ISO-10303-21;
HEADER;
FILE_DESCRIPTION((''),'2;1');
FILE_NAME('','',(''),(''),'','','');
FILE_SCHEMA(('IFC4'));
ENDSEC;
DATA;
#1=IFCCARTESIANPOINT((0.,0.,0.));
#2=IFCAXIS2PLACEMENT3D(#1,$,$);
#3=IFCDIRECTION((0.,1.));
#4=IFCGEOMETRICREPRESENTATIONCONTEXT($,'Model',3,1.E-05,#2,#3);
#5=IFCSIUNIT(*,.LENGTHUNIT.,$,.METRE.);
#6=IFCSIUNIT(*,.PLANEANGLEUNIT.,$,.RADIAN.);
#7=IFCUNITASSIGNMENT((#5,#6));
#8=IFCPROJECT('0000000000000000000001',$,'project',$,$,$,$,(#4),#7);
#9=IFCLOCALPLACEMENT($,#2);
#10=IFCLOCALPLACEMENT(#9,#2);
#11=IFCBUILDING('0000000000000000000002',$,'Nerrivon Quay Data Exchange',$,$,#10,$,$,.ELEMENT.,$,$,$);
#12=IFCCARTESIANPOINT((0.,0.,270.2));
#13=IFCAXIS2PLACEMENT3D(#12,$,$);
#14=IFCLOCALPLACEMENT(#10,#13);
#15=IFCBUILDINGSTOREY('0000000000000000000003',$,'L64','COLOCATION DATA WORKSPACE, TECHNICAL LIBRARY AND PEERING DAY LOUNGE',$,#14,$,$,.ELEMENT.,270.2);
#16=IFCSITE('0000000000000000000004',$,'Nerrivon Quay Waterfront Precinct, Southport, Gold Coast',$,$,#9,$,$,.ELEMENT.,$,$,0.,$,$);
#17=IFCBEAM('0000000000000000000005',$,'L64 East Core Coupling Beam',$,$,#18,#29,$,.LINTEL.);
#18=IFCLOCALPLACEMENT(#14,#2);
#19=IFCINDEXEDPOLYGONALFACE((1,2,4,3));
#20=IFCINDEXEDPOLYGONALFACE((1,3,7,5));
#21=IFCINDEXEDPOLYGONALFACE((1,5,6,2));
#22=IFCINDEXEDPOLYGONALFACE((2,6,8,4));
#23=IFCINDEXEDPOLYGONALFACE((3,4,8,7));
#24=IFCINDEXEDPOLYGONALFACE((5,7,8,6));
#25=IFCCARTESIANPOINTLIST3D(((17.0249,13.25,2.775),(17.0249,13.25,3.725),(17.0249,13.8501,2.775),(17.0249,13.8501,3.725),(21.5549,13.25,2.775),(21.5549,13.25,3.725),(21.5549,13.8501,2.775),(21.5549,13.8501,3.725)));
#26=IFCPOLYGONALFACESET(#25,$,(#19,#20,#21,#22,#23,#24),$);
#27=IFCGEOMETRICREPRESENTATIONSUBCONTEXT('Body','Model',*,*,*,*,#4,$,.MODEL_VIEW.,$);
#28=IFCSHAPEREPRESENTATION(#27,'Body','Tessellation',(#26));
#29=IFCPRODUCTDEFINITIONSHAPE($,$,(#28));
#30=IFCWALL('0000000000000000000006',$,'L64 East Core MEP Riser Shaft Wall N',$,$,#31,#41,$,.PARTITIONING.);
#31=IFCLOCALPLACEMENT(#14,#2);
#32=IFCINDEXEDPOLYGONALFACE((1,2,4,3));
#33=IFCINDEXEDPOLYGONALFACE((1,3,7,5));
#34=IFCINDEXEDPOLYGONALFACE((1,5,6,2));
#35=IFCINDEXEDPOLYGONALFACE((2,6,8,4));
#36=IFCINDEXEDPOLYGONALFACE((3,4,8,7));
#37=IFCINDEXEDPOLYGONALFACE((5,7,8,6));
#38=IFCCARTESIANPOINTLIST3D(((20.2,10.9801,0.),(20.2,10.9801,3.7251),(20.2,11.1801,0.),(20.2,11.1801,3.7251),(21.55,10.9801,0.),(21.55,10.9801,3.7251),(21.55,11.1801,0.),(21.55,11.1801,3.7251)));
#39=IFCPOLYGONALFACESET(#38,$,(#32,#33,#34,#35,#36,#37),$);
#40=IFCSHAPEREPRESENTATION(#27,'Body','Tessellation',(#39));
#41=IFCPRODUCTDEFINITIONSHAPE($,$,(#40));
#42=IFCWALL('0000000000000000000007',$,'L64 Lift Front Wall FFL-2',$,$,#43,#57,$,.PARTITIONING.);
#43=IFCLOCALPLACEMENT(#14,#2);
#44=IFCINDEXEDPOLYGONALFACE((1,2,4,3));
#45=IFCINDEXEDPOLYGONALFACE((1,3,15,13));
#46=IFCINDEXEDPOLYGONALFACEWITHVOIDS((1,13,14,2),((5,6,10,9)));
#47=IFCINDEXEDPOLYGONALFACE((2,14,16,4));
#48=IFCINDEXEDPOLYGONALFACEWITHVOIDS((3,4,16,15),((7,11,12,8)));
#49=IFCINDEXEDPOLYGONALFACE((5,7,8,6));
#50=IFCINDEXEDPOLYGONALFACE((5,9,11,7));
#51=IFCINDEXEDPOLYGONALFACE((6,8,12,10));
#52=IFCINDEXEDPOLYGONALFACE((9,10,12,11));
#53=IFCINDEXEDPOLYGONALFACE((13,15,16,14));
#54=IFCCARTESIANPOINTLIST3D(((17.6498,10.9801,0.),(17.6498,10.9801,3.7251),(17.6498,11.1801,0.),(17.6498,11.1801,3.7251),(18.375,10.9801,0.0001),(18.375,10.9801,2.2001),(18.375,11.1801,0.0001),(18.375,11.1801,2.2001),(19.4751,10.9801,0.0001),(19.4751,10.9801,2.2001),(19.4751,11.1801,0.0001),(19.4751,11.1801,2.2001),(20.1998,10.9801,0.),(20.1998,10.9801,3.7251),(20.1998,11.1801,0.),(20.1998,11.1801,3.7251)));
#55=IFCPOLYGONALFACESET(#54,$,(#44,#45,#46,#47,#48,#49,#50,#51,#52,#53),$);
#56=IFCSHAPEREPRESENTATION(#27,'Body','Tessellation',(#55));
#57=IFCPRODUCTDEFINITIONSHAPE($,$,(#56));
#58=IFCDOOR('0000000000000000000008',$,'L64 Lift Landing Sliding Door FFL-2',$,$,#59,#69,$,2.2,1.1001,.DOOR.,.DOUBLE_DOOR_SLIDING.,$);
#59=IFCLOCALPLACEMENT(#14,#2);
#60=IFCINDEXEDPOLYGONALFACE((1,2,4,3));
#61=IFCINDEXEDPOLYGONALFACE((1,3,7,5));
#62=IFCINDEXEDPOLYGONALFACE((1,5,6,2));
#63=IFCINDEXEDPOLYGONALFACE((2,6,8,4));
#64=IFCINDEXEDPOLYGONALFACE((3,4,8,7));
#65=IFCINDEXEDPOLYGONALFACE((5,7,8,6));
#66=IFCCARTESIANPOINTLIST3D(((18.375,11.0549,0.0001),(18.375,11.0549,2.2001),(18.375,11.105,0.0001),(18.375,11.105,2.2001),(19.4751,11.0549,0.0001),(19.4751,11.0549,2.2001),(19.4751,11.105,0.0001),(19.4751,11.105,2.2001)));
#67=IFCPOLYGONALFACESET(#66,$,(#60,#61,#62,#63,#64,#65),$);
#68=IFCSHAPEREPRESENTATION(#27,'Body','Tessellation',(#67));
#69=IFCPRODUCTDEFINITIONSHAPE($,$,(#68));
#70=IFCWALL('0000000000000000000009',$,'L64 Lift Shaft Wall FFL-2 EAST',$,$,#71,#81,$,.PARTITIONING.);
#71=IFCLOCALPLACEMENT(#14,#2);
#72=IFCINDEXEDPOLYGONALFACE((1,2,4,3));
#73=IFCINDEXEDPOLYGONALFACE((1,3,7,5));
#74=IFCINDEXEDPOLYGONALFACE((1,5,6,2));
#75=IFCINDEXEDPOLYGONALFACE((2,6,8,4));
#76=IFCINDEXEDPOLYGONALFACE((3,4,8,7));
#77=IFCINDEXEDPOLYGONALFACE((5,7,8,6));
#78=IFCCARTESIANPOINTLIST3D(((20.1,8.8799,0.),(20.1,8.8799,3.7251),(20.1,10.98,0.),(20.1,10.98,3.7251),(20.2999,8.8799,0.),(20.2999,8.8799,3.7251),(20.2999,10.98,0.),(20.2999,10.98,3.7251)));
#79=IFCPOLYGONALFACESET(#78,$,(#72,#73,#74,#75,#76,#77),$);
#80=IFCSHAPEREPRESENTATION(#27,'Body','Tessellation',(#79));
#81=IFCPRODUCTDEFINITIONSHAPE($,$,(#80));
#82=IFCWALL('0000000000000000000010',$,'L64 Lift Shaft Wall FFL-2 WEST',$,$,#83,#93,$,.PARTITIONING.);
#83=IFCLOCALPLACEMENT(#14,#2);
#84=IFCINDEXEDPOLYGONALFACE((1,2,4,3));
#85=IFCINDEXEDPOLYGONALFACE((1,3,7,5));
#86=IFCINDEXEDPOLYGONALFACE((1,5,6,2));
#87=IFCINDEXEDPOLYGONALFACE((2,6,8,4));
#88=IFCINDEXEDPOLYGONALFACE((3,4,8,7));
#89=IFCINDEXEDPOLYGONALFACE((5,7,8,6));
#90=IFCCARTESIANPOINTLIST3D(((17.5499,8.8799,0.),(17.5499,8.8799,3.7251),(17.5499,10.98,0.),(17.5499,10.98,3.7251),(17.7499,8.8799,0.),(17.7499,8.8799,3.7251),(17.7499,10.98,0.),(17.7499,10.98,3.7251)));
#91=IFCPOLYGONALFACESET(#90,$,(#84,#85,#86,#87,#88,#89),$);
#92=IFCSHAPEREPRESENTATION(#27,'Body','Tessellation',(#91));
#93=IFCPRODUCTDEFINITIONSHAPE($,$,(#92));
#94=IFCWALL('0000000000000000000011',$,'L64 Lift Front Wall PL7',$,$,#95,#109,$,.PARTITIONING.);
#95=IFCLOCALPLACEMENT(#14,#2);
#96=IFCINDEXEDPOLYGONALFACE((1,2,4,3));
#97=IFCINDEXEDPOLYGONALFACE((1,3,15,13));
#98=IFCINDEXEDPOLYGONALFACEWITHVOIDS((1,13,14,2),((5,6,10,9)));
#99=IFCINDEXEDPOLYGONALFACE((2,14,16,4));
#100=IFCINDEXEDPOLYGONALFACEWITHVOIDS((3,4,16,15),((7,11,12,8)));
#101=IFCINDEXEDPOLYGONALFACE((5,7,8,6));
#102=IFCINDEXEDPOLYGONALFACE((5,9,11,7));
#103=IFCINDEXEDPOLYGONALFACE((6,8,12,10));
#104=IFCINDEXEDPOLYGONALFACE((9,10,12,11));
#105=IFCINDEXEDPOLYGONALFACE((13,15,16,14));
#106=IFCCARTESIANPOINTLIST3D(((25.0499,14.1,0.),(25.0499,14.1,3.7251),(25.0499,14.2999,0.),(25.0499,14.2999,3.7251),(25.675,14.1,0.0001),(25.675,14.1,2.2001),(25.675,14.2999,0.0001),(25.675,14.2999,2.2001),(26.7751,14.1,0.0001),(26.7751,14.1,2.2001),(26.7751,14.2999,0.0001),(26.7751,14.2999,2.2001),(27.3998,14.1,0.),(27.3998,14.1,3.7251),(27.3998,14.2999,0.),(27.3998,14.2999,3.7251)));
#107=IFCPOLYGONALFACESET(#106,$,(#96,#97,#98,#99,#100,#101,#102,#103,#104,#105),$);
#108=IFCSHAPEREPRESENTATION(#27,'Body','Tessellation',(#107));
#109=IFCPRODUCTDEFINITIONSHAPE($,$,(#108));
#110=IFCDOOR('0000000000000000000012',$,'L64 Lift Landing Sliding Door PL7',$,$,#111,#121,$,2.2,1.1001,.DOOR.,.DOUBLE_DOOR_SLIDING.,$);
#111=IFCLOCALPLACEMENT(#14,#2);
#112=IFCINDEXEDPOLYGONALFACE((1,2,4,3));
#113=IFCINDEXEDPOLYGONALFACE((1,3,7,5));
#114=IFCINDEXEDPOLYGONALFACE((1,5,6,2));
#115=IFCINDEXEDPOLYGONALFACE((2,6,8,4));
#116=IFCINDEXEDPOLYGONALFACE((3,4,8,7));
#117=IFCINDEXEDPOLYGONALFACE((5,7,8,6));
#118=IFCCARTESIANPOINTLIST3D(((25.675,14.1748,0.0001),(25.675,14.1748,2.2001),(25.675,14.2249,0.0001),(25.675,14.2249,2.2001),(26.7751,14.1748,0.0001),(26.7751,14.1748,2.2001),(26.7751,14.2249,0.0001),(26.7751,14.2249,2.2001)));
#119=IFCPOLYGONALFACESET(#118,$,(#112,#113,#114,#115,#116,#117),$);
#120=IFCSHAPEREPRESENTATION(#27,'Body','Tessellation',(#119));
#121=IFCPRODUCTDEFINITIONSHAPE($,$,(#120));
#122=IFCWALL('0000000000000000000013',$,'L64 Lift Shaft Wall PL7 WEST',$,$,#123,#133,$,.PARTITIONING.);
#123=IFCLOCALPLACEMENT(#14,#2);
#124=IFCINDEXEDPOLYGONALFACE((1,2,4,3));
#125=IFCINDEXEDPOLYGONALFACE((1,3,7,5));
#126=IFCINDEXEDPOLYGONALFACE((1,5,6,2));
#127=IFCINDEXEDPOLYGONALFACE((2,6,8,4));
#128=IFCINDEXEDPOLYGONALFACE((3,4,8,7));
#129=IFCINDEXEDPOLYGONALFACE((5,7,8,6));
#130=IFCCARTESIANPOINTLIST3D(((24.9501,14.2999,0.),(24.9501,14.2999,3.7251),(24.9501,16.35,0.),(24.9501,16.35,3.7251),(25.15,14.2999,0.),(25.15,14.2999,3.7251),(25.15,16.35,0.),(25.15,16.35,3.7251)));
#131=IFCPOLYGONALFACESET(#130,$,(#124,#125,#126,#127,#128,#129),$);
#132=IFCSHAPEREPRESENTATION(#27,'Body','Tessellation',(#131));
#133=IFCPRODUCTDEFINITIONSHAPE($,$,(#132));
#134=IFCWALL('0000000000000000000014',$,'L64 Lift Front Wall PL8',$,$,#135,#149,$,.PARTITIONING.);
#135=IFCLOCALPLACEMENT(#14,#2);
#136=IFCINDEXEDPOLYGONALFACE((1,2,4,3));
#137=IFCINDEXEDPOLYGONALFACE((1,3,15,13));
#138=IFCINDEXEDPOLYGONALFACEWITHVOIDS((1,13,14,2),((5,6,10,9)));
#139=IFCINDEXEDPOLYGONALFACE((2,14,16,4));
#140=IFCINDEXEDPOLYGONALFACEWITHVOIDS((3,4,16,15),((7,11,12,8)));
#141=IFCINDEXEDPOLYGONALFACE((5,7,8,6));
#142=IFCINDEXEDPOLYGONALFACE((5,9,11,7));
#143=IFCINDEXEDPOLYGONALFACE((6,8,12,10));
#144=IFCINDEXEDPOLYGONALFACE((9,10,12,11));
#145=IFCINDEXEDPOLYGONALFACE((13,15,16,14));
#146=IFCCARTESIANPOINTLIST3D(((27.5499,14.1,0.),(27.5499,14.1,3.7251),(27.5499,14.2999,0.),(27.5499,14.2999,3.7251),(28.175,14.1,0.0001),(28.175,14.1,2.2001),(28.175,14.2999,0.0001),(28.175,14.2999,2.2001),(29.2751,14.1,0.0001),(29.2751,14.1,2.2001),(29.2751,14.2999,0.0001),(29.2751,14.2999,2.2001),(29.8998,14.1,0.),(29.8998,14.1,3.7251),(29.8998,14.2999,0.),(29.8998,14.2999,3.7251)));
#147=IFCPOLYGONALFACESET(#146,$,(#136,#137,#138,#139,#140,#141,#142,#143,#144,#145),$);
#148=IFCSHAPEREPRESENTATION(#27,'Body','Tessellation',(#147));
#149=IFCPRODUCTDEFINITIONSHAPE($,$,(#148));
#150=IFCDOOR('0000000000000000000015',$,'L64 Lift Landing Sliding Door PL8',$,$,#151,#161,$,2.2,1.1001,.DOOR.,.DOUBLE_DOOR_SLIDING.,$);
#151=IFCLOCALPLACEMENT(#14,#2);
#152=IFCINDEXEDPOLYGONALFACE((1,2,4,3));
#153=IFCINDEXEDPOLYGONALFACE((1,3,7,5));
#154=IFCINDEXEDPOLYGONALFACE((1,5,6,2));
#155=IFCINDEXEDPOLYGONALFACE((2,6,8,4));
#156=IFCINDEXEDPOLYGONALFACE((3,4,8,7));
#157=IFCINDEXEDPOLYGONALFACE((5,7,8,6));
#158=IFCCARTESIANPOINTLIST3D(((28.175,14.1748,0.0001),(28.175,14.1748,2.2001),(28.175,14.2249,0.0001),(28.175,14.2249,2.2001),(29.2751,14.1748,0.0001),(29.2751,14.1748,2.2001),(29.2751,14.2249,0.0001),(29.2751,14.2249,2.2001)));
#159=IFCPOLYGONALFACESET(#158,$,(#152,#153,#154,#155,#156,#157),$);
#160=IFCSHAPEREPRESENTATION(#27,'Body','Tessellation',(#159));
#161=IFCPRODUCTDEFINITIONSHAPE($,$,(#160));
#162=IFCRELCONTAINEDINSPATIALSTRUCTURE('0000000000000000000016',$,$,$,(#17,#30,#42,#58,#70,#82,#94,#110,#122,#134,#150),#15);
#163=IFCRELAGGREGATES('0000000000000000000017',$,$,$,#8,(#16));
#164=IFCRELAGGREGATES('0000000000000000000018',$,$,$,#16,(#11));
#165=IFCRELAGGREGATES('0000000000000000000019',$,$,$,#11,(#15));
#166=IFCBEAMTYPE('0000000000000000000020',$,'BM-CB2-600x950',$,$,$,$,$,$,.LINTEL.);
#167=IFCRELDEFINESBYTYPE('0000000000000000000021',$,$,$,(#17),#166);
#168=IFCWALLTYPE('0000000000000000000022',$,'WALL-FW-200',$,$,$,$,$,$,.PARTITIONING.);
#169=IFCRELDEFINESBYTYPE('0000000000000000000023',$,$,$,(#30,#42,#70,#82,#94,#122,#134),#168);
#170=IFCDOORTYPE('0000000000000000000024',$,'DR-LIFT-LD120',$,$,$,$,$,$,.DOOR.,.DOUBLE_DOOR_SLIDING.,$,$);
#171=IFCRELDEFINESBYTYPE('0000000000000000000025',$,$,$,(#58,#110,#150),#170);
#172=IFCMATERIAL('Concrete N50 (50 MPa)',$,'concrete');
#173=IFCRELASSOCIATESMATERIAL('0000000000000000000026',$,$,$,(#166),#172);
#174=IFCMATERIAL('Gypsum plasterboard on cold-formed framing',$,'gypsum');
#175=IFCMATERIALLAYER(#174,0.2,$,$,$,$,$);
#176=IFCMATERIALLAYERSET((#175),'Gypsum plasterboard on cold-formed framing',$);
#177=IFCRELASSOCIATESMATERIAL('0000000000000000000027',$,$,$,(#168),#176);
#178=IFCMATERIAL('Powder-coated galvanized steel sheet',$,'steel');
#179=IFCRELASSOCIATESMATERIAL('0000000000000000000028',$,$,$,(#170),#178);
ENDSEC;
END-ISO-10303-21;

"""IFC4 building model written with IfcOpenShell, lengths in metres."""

from ifc_helpers import new_model, si_unit, direction, frame, frame_2d, origin, origin_2d, place, context, subcontext, project, spatial, rectangle, extrude, material, layer, layer_set, material_profile, profile_set, type_object, element, fill, save


model = new_model("IFC4")

# Units and contexts
model_context = context("Model", 3, precision=1e-05, world=origin(), true_north=direction((0.0, 1.0)))
body_context = subcontext(model_context, "Body", "Model", "MODEL_VIEW")
ifc_project = project(units=[si_unit("LENGTHUNIT", "METRE"), si_unit("PLANEANGLEUNIT", "RADIAN")], contexts=[model_context])

# Site, building, storey
site_placement = place(None, origin())
site = spatial("IfcSite", under=ifc_project, at=site_placement, Name="Nerrivon Quay Waterfront Precinct, Southport, Gold Coast", CompositionType="ELEMENT", RefElevation=0.0)
building_placement = place(site_placement, origin())
building = spatial("IfcBuilding", under=site, at=building_placement, Name="Nerrivon Quay Data Exchange", CompositionType="ELEMENT")
storey_placement = place(building_placement, frame((0.0, 0.0, 270.2)))
storey = spatial("IfcBuildingStorey", under=building, at=storey_placement, Name="L64", Description="COLOCATION DATA WORKSPACE, TECHNICAL LIBRARY AND PEERING DAY LOUNGE", CompositionType="ELEMENT", Elevation=270.2)

# Beam
ifc_material_1 = material(Name="Concrete N50 (50 MPa)", Category="concrete")
ifc_material_profile = material_profile(ifc_material_1, rectangle(XDim=0.6001, YDim=0.95, at=origin_2d()), Name="RC-CB-600x950")
ifc_profile_set = profile_set([ifc_material_profile], Name="Concrete N50 (50 MPa)")
beam_type = type_object("IfcBeamType", Name="BM-CB2-600x950", PredefinedType="LINTEL", material=ifc_profile_set)
beam_placement = place(storey_placement, frame((17.0249, 13.55, 3.25), z_axis=(1.0, 0.0, 0.0), x_axis=(0.0, 1.0, 0.0)))
element("IfcBeam", 1, at=beam_placement, inside=storey, type_object=beam_type, Name="L64 East Core Coupling Beam", PredefinedType="LINTEL", context=body_context, shape_type="SweptSolid", body=[
    extrude(rectangle(XDim=0.6001, YDim=0.95, at=origin_2d()), origin(), (0.0, 0.0, 1.0), 4.53),
])

# Shared definitions
ifc_material_2 = material(Name="Powder-coated galvanized steel sheet", Category="steel")

# Wall
ifc_material_3 = material(Name="Gypsum plasterboard on cold-formed framing", Category="gypsum")
ifc_layer_1 = layer(ifc_material_3, 0.2)
ifc_layer_set_1 = layer_set([ifc_layer_1], Name="Gypsum plasterboard on cold-formed framing")
wall_type_1 = type_object("IfcWallType", Name="WALL-FW-200", PredefinedType="PARTITIONING", material=ifc_layer_set_1)
wall_1_placement = place(storey_placement, frame((20.2, 11.0801, 0.0), z_axis=(0.0, 0.0, 1.0), x_axis=(1.0, 0.0, 0.0)))
element("IfcWall", 2, at=wall_1_placement, inside=storey, type_object=wall_type_1, Name="L64 East Core MEP Riser Shaft Wall N", PredefinedType="PARTITIONING", context=body_context, shape_type="SweptSolid", body=[
    extrude(rectangle(XDim=1.3501, YDim=0.2, at=frame_2d((0.675, 0.0))), origin(), (0.0, 0.0, 1.0), 3.7251),
])

# Wall, opening, door
wall_2_placement = place(storey_placement, frame((17.6499, 11.0801, 0.0), z_axis=(0.0, 0.0, 1.0), x_axis=(1.0, 0.0, 0.0)))
wall_2 = element("IfcWall", 3, at=wall_2_placement, inside=storey, type_object=wall_type_1, Name="L64 Lift Front Wall FFL-2", PredefinedType="PARTITIONING", context=body_context, shape_type="SweptSolid", body=[
    extrude(rectangle(XDim=2.55, YDim=0.2, at=frame_2d((1.2749, 0.0))), origin(), (0.0, 0.0, 1.0), 3.7251),
])
opening_1_placement = place(wall_2_placement, frame((0.7251, 0.0, 0.0)))
opening_1 = element("IfcOpeningElement", 4, at=opening_1_placement, cuts=wall_2, PredefinedType="OPENING", context=body_context, shape_type="SweptSolid", body=[
    extrude(rectangle(XDim=1.1001, YDim=2.2, at=frame_2d((0.55, 1.1001))), frame((0.0, 0.1099, 0.0), z_axis=(0.0, -1.0, 0.0), x_axis=(1.0, 0.0, 0.0)), (0.0, 0.0, 1.0), 0.22),
])
door_type_1 = type_object("IfcDoorType", Name="DR-LIFT-LD120", OperationType="DOUBLE_DOOR_SLIDING", PredefinedType="DOOR", material=ifc_material_2)
door_1_placement = place(opening_1_placement, origin())
door_1 = element("IfcDoor", 5, at=door_1_placement, inside=storey, type_object=door_type_1, Name="L64 Lift Landing Sliding Door FFL-2", OperationType="DOUBLE_DOOR_SLIDING", OverallHeight=2.2, OverallWidth=1.1001, PredefinedType="DOOR", context=body_context, shape_type="SweptSolid", body=[
    extrude(rectangle(XDim=1.1001, YDim=2.2, at=frame_2d((0.55, 1.1001))), frame((0.0, 0.0249, 0.0), z_axis=(0.0, -1.0, 0.0), x_axis=(1.0, 0.0, 0.0)), (0.0, 0.0, 1.0), 0.05),
])
fill(opening_1, door_1)

# Walls
for number, where, z_axis, x_axis, name in (
    (6, (20.2, 8.8799, 0.0), (0.0, 0.0, 1.0), (0.0, 1.0, 0.0), "L64 Lift Shaft Wall FFL-2 EAST"),
    (7, (17.6499, 8.8799, 0.0), (0.0, 0.0, 1.0), (0.0, 1.0, 0.0), "L64 Lift Shaft Wall FFL-2 WEST"),
):
    element("IfcWall", number, at=place(storey_placement, frame(where, z_axis=z_axis, x_axis=x_axis)), inside=storey, type_object=wall_type_1, Name=name, PredefinedType="PARTITIONING", context=body_context, shape_type="SweptSolid", body=[
        extrude(rectangle(XDim=2.1001, YDim=0.2, at=frame_2d((1.05, 0.0))), origin(), (0.0, 0.0, 1.0), 3.7251),
    ])

# Wall, opening, door
wall_3_placement = place(storey_placement, frame((25.05, 14.2, 0.0), z_axis=(0.0, 0.0, 1.0), x_axis=(1.0, 0.0, 0.0)))
wall_3 = element("IfcWall", 8, at=wall_3_placement, inside=storey, type_object=wall_type_1, Name="L64 Lift Front Wall PL7", PredefinedType="PARTITIONING", context=body_context, shape_type="SweptSolid", body=[
    extrude(rectangle(XDim=2.3499, YDim=0.2, at=frame_2d((1.1748, 0.0))), origin(), (0.0, 0.0, 1.0), 3.7251),
])
opening_2_placement = place(wall_3_placement, frame((0.625, 0.0, 0.0)))
opening_2 = element("IfcOpeningElement", 9, at=opening_2_placement, cuts=wall_3, PredefinedType="OPENING", context=body_context, shape_type="SweptSolid", body=[
    extrude(rectangle(XDim=1.1001, YDim=2.2, at=frame_2d((0.55, 1.1001))), frame((0.0, 0.1099, 0.0), z_axis=(0.0, -1.0, 0.0), x_axis=(1.0, 0.0, 0.0)), (0.0, 0.0, 1.0), 0.22),
])
door_2_placement = place(opening_2_placement, origin())
door_2 = element("IfcDoor", 10, at=door_2_placement, inside=storey, type_object=door_type_1, Name="L64 Lift Landing Sliding Door PL7", OperationType="DOUBLE_DOOR_SLIDING", OverallHeight=2.2, OverallWidth=1.1001, PredefinedType="DOOR", context=body_context, shape_type="SweptSolid", body=[
    extrude(rectangle(XDim=1.1001, YDim=2.2, at=frame_2d((0.55, 1.1001))), frame((0.0, 0.0249, 0.0), z_axis=(0.0, -1.0, 0.0), x_axis=(1.0, 0.0, 0.0)), (0.0, 0.0, 1.0), 0.05),
])
fill(opening_2, door_2)

# Wall
wall_4_placement = place(storey_placement, frame((25.05, 14.3, 0.0), z_axis=(0.0, 0.0, 1.0), x_axis=(0.0, 1.0, 0.0)))
element("IfcWall", 11, at=wall_4_placement, inside=storey, type_object=wall_type_1, Name="L64 Lift Shaft Wall PL7 WEST", PredefinedType="PARTITIONING", context=body_context, shape_type="SweptSolid", body=[
    extrude(rectangle(XDim=2.05, YDim=0.2, at=frame_2d((1.0249, 0.0))), origin(), (0.0, 0.0, 1.0), 3.7251),
])

# Wall, opening, door
wall_5_placement = place(storey_placement, frame((27.55, 14.2, 0.0), z_axis=(0.0, 0.0, 1.0), x_axis=(1.0, 0.0, 0.0)))
wall_5 = element("IfcWall", 12, at=wall_5_placement, inside=storey, type_object=wall_type_1, Name="L64 Lift Front Wall PL8", PredefinedType="PARTITIONING", context=body_context, shape_type="SweptSolid", body=[
    extrude(rectangle(XDim=2.3499, YDim=0.2, at=frame_2d((1.1748, 0.0))), origin(), (0.0, 0.0, 1.0), 3.7251),
])
opening_3_placement = place(wall_5_placement, frame((0.625, 0.0, 0.0)))
opening_3 = element("IfcOpeningElement", 13, at=opening_3_placement, cuts=wall_5, PredefinedType="OPENING", context=body_context, shape_type="SweptSolid", body=[
    extrude(rectangle(XDim=1.1001, YDim=2.2, at=frame_2d((0.55, 1.1001))), frame((0.0, 0.1099, 0.0), z_axis=(0.0, -1.0, 0.0), x_axis=(1.0, 0.0, 0.0)), (0.0, 0.0, 1.0), 0.22),
])
door_3_placement = place(opening_3_placement, origin())
door_3 = element("IfcDoor", 14, at=door_3_placement, inside=storey, type_object=door_type_1, Name="L64 Lift Landing Sliding Door PL8", OperationType="DOUBLE_DOOR_SLIDING", OverallHeight=2.2, OverallWidth=1.1001, PredefinedType="DOOR", context=body_context, shape_type="SweptSolid", body=[
    extrude(rectangle(XDim=1.1001, YDim=2.2, at=frame_2d((0.55, 1.1001))), frame((0.0, 0.0249, 0.0), z_axis=(0.0, -1.0, 0.0), x_axis=(1.0, 0.0, 0.0)), (0.0, 0.0, 1.0), 0.05),
])
fill(opening_3, door_3)

save(model, "model.ifc")
